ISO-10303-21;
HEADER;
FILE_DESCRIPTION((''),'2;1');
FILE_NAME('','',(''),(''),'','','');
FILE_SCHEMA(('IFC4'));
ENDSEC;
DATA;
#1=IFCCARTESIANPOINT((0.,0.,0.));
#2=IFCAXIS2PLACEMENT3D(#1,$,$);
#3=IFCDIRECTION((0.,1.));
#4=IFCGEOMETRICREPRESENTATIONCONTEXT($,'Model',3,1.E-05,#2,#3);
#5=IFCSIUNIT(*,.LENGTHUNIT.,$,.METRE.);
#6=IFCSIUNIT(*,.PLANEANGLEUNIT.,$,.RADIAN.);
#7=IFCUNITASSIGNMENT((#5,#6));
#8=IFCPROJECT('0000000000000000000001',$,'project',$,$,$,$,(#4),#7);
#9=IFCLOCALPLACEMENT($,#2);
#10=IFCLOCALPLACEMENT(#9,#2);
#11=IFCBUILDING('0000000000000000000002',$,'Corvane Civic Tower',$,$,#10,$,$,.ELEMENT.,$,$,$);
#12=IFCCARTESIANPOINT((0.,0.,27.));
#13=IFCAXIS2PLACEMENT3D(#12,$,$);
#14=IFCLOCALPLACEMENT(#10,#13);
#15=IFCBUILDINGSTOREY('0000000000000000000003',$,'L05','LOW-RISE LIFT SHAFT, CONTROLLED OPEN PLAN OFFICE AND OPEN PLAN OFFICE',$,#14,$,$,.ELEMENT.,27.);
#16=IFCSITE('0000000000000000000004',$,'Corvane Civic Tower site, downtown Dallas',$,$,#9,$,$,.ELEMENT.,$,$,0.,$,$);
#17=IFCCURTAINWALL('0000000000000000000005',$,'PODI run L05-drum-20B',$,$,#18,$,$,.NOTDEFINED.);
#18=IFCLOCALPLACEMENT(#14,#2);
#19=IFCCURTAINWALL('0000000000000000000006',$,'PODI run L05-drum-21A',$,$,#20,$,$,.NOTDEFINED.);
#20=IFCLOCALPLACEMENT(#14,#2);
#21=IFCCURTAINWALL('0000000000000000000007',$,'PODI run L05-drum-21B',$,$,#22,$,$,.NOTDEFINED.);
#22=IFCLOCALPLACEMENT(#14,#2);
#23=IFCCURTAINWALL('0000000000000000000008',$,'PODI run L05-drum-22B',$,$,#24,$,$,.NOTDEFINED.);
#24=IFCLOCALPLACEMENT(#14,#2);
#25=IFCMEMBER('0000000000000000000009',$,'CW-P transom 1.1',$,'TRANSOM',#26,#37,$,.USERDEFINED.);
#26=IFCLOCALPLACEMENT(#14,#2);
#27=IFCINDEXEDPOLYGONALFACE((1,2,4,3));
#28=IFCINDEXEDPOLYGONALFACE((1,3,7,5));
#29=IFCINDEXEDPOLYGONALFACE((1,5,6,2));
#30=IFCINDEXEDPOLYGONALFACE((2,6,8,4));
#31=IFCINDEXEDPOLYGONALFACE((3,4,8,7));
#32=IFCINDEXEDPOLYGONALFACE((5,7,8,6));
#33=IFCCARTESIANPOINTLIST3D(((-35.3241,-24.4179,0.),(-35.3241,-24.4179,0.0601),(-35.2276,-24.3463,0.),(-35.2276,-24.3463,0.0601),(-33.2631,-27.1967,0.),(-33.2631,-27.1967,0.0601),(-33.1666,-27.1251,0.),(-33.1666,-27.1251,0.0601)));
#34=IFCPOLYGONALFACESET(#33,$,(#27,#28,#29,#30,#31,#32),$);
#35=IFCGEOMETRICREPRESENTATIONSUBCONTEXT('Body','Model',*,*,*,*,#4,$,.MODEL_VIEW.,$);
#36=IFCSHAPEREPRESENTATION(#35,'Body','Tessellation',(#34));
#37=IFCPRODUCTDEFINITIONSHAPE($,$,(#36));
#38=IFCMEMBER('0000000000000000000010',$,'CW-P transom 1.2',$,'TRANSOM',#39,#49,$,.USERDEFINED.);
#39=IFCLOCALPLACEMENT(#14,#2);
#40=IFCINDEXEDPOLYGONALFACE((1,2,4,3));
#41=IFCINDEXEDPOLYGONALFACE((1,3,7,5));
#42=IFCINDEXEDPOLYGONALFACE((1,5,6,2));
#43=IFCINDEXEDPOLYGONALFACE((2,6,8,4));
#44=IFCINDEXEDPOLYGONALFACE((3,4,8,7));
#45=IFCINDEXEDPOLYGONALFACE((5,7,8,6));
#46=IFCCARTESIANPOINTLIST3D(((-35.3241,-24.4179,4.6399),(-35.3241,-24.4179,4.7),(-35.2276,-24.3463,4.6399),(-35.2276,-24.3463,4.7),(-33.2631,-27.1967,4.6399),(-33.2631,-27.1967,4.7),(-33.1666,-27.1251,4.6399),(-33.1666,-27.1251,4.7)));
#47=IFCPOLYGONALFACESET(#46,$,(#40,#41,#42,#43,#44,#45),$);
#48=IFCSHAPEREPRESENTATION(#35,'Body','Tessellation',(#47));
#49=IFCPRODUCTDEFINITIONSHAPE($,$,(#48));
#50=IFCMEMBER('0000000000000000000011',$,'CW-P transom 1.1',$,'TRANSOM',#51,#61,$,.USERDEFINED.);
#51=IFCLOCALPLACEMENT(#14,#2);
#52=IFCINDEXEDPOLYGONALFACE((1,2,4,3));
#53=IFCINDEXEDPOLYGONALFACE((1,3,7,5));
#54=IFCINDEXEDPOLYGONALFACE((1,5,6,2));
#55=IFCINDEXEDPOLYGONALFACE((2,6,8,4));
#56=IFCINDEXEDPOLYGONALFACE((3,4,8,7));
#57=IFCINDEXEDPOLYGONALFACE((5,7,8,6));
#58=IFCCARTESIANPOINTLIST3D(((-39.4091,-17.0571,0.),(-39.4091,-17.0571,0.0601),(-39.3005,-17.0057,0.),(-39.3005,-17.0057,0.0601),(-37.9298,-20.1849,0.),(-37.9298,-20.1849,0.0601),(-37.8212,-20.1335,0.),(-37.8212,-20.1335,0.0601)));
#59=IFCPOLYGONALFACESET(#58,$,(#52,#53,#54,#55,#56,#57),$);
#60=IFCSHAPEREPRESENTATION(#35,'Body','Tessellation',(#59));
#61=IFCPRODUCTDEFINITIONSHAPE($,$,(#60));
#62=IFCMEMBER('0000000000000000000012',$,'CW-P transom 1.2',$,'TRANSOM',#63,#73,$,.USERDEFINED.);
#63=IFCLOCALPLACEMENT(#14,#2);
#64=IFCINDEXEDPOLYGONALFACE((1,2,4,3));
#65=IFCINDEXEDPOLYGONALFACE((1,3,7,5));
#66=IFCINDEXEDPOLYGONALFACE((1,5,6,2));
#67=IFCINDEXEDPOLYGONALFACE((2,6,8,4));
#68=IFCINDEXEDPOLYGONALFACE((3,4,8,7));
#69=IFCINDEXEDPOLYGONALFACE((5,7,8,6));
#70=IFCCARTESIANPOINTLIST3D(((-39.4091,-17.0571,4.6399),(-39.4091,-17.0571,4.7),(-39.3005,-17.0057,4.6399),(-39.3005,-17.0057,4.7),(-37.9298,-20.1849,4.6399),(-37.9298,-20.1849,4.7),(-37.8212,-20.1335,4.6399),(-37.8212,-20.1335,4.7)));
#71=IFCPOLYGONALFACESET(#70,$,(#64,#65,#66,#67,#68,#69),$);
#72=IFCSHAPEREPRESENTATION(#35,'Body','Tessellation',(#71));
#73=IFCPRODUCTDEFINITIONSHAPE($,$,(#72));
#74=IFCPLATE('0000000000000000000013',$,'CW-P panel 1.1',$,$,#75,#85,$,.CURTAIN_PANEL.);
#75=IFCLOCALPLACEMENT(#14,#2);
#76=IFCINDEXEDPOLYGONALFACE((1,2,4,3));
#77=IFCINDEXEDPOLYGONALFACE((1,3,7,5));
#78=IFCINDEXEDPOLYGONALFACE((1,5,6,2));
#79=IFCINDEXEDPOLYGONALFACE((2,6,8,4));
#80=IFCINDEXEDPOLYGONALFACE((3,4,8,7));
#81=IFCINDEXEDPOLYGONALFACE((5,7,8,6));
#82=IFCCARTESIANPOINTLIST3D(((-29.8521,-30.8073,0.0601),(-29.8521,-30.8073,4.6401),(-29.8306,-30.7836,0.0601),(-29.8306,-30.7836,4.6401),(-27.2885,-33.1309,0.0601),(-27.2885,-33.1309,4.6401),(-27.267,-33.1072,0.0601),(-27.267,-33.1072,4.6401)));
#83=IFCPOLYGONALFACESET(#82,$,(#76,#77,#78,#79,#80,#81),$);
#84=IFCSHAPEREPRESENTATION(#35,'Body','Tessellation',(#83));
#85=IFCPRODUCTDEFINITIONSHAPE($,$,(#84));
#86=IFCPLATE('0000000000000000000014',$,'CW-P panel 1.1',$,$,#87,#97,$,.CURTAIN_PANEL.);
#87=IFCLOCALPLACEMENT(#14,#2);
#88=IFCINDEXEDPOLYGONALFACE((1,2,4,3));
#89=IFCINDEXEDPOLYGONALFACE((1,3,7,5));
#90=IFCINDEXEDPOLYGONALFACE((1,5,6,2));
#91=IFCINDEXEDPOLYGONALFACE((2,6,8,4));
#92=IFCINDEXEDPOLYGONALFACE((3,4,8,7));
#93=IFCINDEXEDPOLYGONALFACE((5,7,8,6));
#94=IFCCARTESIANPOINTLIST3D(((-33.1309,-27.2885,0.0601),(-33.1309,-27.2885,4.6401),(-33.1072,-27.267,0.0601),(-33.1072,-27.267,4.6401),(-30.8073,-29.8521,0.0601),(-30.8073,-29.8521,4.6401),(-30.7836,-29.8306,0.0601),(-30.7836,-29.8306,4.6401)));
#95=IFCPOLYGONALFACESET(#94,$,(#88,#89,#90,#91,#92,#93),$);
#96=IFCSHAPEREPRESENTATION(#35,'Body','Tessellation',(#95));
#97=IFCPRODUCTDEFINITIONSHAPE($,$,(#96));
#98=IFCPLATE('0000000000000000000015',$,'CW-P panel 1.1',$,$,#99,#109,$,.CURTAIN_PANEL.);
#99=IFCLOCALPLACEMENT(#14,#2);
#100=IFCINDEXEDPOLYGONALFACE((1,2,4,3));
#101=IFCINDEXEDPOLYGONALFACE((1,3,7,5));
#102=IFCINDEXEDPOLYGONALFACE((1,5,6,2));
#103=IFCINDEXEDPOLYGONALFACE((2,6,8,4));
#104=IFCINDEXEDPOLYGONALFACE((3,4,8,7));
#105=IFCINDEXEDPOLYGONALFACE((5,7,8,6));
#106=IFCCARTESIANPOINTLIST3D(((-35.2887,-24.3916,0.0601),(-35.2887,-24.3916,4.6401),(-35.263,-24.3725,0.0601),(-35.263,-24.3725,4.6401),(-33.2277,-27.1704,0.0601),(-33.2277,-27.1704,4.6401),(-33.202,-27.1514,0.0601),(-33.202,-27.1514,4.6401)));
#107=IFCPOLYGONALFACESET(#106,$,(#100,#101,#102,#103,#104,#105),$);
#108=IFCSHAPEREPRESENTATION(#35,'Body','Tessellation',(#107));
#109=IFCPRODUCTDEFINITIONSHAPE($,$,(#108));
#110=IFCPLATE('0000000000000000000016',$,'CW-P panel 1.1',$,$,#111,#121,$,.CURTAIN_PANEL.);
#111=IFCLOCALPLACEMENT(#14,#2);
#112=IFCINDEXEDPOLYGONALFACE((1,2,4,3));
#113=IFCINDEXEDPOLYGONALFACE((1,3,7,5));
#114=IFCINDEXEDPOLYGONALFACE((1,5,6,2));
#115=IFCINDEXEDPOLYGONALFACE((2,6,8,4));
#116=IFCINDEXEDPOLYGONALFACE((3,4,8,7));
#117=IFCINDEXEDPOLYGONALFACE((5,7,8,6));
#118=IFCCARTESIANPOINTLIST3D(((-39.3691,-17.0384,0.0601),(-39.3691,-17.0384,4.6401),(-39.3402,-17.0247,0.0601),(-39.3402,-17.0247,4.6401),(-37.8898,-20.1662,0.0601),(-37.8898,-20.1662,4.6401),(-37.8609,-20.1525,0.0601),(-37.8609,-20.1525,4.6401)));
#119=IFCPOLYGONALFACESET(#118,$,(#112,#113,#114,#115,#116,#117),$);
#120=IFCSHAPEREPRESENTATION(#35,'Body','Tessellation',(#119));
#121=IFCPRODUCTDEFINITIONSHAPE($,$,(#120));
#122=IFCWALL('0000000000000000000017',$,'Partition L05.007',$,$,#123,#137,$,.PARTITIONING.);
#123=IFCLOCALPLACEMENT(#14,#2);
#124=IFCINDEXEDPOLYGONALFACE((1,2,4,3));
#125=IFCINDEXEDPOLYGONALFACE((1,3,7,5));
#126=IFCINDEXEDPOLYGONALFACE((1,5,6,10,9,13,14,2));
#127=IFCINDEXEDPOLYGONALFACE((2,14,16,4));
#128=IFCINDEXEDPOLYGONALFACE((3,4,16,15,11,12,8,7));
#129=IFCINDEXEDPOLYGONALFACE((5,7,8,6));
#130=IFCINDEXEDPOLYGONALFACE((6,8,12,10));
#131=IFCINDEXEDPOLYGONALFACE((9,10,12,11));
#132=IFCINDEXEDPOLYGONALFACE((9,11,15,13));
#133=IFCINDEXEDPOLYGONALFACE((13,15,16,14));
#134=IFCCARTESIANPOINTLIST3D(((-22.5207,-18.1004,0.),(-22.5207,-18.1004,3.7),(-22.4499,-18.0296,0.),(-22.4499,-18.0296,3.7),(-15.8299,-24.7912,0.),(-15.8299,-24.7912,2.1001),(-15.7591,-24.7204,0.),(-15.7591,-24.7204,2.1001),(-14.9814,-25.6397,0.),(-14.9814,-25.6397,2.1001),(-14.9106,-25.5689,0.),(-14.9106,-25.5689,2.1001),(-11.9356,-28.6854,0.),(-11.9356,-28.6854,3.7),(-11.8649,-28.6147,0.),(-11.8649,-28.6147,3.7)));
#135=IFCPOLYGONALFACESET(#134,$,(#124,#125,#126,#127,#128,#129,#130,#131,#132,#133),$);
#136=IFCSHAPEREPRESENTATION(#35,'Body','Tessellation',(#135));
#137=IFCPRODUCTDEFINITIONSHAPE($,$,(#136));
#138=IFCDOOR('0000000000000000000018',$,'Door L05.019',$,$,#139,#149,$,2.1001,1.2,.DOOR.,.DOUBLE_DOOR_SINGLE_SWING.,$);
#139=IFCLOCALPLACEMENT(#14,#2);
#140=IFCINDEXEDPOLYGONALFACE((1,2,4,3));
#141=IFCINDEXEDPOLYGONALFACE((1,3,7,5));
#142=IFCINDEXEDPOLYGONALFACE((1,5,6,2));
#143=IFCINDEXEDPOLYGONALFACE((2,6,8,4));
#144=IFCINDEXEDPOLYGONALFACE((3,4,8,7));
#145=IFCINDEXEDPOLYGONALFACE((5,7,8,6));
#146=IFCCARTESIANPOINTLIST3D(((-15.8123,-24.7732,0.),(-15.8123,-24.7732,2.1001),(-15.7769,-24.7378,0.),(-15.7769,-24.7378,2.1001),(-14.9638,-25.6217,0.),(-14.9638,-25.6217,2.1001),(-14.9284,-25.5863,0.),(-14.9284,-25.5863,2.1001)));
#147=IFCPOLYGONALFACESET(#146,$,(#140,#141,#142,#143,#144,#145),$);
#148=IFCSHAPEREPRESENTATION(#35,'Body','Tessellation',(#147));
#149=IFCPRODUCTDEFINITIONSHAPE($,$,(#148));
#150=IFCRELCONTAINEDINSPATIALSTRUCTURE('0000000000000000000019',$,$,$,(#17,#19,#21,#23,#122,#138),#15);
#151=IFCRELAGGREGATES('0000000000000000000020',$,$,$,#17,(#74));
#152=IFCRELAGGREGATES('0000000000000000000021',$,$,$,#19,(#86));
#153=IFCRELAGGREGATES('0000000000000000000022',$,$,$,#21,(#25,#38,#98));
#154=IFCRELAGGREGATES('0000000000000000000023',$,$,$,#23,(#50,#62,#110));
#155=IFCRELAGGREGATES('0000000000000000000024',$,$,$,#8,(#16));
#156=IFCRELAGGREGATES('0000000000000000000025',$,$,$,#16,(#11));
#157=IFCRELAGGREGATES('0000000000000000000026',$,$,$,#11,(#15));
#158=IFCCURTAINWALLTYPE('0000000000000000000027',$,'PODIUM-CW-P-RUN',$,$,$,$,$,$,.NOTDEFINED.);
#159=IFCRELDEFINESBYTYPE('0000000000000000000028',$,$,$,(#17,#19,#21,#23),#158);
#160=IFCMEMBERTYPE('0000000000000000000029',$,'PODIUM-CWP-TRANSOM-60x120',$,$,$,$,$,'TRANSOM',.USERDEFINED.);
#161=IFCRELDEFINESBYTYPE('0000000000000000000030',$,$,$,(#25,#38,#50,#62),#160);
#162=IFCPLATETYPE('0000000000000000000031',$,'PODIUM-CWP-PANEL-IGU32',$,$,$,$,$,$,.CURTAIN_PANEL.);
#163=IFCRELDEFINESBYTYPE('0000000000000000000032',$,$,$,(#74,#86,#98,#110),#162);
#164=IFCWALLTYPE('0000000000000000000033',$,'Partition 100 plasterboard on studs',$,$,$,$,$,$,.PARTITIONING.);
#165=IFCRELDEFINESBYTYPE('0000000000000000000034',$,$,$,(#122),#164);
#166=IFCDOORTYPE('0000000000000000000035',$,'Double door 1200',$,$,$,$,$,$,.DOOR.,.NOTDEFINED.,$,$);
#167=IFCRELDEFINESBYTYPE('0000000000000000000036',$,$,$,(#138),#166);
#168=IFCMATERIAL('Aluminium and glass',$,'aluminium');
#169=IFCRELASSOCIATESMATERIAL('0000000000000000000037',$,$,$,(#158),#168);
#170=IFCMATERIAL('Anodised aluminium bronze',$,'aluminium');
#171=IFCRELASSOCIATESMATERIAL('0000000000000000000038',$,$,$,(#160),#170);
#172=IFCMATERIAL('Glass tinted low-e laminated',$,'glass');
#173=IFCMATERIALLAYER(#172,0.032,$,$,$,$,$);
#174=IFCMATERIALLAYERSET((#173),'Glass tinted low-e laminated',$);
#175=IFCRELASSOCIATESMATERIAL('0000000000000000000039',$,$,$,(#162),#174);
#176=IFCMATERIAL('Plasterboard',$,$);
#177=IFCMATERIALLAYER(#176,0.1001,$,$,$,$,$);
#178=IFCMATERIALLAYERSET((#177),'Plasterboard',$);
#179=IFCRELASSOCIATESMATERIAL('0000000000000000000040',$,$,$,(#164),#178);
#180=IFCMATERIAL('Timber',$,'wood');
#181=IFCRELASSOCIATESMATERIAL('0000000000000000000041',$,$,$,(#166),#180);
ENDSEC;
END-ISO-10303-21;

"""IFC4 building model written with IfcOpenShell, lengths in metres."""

from ifc_helpers import new_model, si_unit, direction, frame, frame_2d, origin, origin_2d, place, context, subcontext, project, spatial, rectangle, extrude, material, layer, layer_set, material_profile, profile_set, type_object, element, fill, aggregate, save


model = new_model("IFC4")

# Units and contexts
model_context = context("Model", 3, precision=1e-05, world=origin(), true_north=direction((0.0, 1.0)))
body_context = subcontext(model_context, "Body", "Model", "MODEL_VIEW")
ifc_project = project(units=[si_unit("LENGTHUNIT", "METRE"), si_unit("PLANEANGLEUNIT", "RADIAN")], contexts=[model_context])

# Site, building, storey
site_placement = place(None, origin())
site = spatial("IfcSite", under=ifc_project, at=site_placement, Name="Corvane Civic Tower site, downtown Dallas", CompositionType="ELEMENT", RefElevation=0.0)
building_placement = place(site_placement, origin())
building = spatial("IfcBuilding", under=site, at=building_placement, Name="Corvane Civic Tower", CompositionType="ELEMENT")
storey_placement = place(building_placement, frame((0.0, 0.0, 27.0)))
storey = spatial("IfcBuildingStorey", under=building, at=storey_placement, Name="L05", Description="LOW-RISE LIFT SHAFT, CONTROLLED OPEN PLAN OFFICE AND OPEN PLAN OFFICE", CompositionType="ELEMENT", Elevation=27.0)

# Shared definitions
ifc_material_1 = material(Name="Aluminium and glass", Category="aluminium")
curtain_wall_type = type_object("IfcCurtainWallType", Name="PODIUM-CW-P-RUN", PredefinedType="NOTDEFINED", material=ifc_material_1)

# Curtain walls
curtain_wall_1_placement = place(storey_placement, origin())
curtain_wall_1 = element("IfcCurtainWall", 1, at=curtain_wall_1_placement, inside=storey, type_object=curtain_wall_type, Name="PODI run L05-drum-20B", PredefinedType="NOTDEFINED")
curtain_wall_2_placement = place(storey_placement, origin())
curtain_wall_2 = element("IfcCurtainWall", 2, at=curtain_wall_2_placement, inside=storey, type_object=curtain_wall_type, Name="PODI run L05-drum-21A", PredefinedType="NOTDEFINED")
curtain_wall_3_placement = place(storey_placement, origin())
curtain_wall_3 = element("IfcCurtainWall", 3, at=curtain_wall_3_placement, inside=storey, type_object=curtain_wall_type, Name="PODI run L05-drum-21B", PredefinedType="NOTDEFINED")

# Curtain wall
curtain_wall_4_placement = place(storey_placement, origin())
curtain_wall_4 = element("IfcCurtainWall", 4, at=curtain_wall_4_placement, inside=storey, type_object=curtain_wall_type, Name="PODI run L05-drum-22B", PredefinedType="NOTDEFINED")

# Members
ifc_material_2 = material(Name="Anodised aluminium bronze", Category="aluminium")
ifc_material_profile_1 = material_profile(ifc_material_2, rectangle(XDim=0.1201, YDim=0.0601, at=origin_2d()), Name="AL 120x60")
ifc_profile_set_1 = profile_set([ifc_material_profile_1], Name="Anodised aluminium bronze")
member_type_1 = type_object("IfcMemberType", Name="PODIUM-CWP-TRANSOM-60x120", ElementType="TRANSOM", PredefinedType="USERDEFINED", material=ifc_profile_set_1)
member_1_placement = place(storey_placement, frame((-33.2148, -27.1609, 0.03), z_axis=(-0.595724, 0.80319, 0.0), x_axis=(-0.80319, -0.595724, 0.0)))
member_1 = element("IfcMember", 5, at=member_1_placement, type_object=member_type_1, Name="CW-P transom 1.1", ObjectType="TRANSOM", PredefinedType="USERDEFINED", context=body_context, shape_type="SweptSolid", body=[
    extrude(rectangle(XDim=0.1201, YDim=0.0601, at=origin_2d()), origin(), (0.0, 0.0, 1.0), 3.4597),
])
member_2_placement = place(storey_placement, frame((-33.2148, -27.1609, 4.6699), z_axis=(-0.595724, 0.80319, 0.0), x_axis=(-0.80319, -0.595724, 0.0)))
member_2 = element("IfcMember", 6, at=member_2_placement, type_object=member_type_1, Name="CW-P transom 1.2", ObjectType="TRANSOM", PredefinedType="USERDEFINED", context=body_context, shape_type="SweptSolid", body=[
    extrude(rectangle(XDim=0.1201, YDim=0.0601, at=origin_2d()), origin(), (0.0, 0.0, 1.0), 3.4597),
])
member_3_placement = place(storey_placement, frame((-37.8755, -20.1592, 0.03), z_axis=(-0.427546, 0.903993, 0.0), x_axis=(-0.903993, -0.427546, 0.0)))
member_3 = element("IfcMember", 7, at=member_3_placement, type_object=member_type_1, Name="CW-P transom 1.1", ObjectType="TRANSOM", PredefinedType="USERDEFINED", context=body_context, shape_type="SweptSolid", body=[
    extrude(rectangle(XDim=0.1201, YDim=0.0601, at=origin_2d()), origin(), (0.0, 0.0, 1.0), 3.46),
])
member_4_placement = place(storey_placement, frame((-37.8755, -20.1592, 4.6699), z_axis=(-0.427546, 0.903993, 0.0), x_axis=(-0.903993, -0.427546, 0.0)))
member_4 = element("IfcMember", 8, at=member_4_placement, type_object=member_type_1, Name="CW-P transom 1.2", ObjectType="TRANSOM", PredefinedType="USERDEFINED", context=body_context, shape_type="SweptSolid", body=[
    extrude(rectangle(XDim=0.1201, YDim=0.0601, at=origin_2d()), origin(), (0.0, 0.0, 1.0), 3.46),
])

# Plates
ifc_material_3 = material(Name="Glass tinted low-e laminated", Category="glass")
ifc_layer_1 = layer(ifc_material_3, 0.032)
ifc_layer_set_1 = layer_set([ifc_layer_1], Name="Glass tinted low-e laminated")
plate_type = type_object("IfcPlateType", Name="PODIUM-CWP-PANEL-IGU32", PredefinedType="CURTAIN_PANEL", material=ifc_layer_set_1)
plate_1_placement = place(storey_placement, frame((-28.5596, -31.9573, 0.0601), z_axis=(0.0, 0.0, 1.0), x_axis=(-0.740935, 0.671576, 0.0)))
plate_1 = element("IfcPlate", 9, at=plate_1_placement, type_object=plate_type, Name="CW-P panel 1.1", PredefinedType="CURTAIN_PANEL", context=body_context, shape_type="SweptSolid", body=[
    extrude(rectangle(XDim=3.46, YDim=0.032, at=origin_2d()), origin(), (0.0, 0.0, 1.0), 4.5801),
])
aggregate(curtain_wall_1, [plate_1])
plate_2_placement = place(storey_placement, frame((-31.9573, -28.5596, 0.0601), z_axis=(0.0, 0.0, 1.0), x_axis=(-0.671576, 0.740935, 0.0)))
plate_2 = element("IfcPlate", 10, at=plate_2_placement, type_object=plate_type, Name="CW-P panel 1.1", PredefinedType="CURTAIN_PANEL", context=body_context, shape_type="SweptSolid", body=[
    extrude(rectangle(XDim=3.46, YDim=0.032, at=origin_2d()), origin(), (0.0, 0.0, 1.0), 4.5801),
])
aggregate(curtain_wall_2, [plate_2])
plate_3_placement = place(storey_placement, frame((-34.2454, -25.7715, 0.0601), z_axis=(0.0, 0.0, 1.0), x_axis=(-0.595705, 0.803203, 0.0)))
plate_3 = element("IfcPlate", 11, at=plate_3_placement, type_object=plate_type, Name="CW-P panel 1.1", PredefinedType="CURTAIN_PANEL", context=body_context, shape_type="SweptSolid", body=[
    extrude(rectangle(XDim=3.4597, YDim=0.032, at=origin_2d()), origin(), (0.0, 0.0, 1.0), 4.5801),
])
aggregate(curtain_wall_3, [member_1, member_2, plate_3])
plate_4_placement = place(storey_placement, frame((-38.615, -18.5955, 0.0601), z_axis=(0.0, 0.0, 1.0), x_axis=(-0.427553, 0.90399, 0.0)))
plate_4 = element("IfcPlate", 12, at=plate_4_placement, type_object=plate_type, Name="CW-P panel 1.1", PredefinedType="CURTAIN_PANEL", context=body_context, shape_type="SweptSolid", body=[
    extrude(rectangle(XDim=3.46, YDim=0.032, at=origin_2d()), origin(), (0.0, 0.0, 1.0), 4.5801),
])
aggregate(curtain_wall_4, [member_3, member_4, plate_4])

# Wall, opening, door
ifc_material_4 = material(Name="Plasterboard")
ifc_layer_2 = layer(ifc_material_4, 0.1001)
ifc_layer_set_2 = layer_set([ifc_layer_2], Name="Plasterboard")
wall_type_1 = type_object("IfcWallType", Name="Partition 100 plasterboard on studs", PredefinedType="PARTITIONING", material=ifc_layer_set_2)
wall_1_placement = place(storey_placement, frame((-22.4854, -18.0649, 0.0), z_axis=(0.0, 0.0, 1.0), x_axis=(0.707107, -0.707107, 0.0)))
wall_1 = element("IfcWall", 13, at=wall_1_placement, inside=storey, type_object=wall_type_1, Name="Partition L05.007", PredefinedType="PARTITIONING", context=body_context, shape_type="SweptSolid", body=[
    extrude(rectangle(XDim=14.9695, YDim=0.1001, at=frame_2d((7.4849, 0.0))), origin(), (0.0, 0.0, 1.0), 3.7),
])
opening_1_placement = place(wall_1_placement, frame((9.4622, 0.0, 0.0)))
opening_1 = element("IfcOpeningElement", 14, at=opening_1_placement, cuts=wall_1, PredefinedType="OPENING", context=body_context, shape_type="SweptSolid", body=[
    extrude(rectangle(XDim=1.2, YDim=2.1001, at=frame_2d((0.6001, 1.05))), frame((0.0, 0.0601, 0.0), z_axis=(0.0, -1.0, 0.0), x_axis=(1.0, 0.0, 0.0)), (0.0, 0.0, 1.0), 0.1201),
])
ifc_material_5 = material(Name="Timber", Category="wood")
door_type_1 = type_object("IfcDoorType", Name="Double door 1200", OperationType="NOTDEFINED", PredefinedType="DOOR", material=ifc_material_5)
door_1_placement = place(opening_1_placement, frame((1.2, 0.0, 0.0), z_axis=(0.0, 0.0, 1.0), x_axis=(-1.0, 0.0, 0.0)))
door_1 = element("IfcDoor", 15, at=door_1_placement, inside=storey, type_object=door_type_1, Name="Door L05.019", OperationType="DOUBLE_DOOR_SINGLE_SWING", OverallHeight=2.1001, OverallWidth=1.2, PredefinedType="DOOR", context=body_context, shape_type="SweptSolid", body=[
    extrude(rectangle(XDim=1.2, YDim=2.1001, at=frame_2d((0.6001, 1.05))), frame((0.0, 0.0249, 0.0), z_axis=(0.0, -1.0, 0.0), x_axis=(1.0, 0.0, 0.0)), (0.0, 0.0, 1.0), 0.05),
])
fill(opening_1, door_1)

save(model, "model.ifc")
